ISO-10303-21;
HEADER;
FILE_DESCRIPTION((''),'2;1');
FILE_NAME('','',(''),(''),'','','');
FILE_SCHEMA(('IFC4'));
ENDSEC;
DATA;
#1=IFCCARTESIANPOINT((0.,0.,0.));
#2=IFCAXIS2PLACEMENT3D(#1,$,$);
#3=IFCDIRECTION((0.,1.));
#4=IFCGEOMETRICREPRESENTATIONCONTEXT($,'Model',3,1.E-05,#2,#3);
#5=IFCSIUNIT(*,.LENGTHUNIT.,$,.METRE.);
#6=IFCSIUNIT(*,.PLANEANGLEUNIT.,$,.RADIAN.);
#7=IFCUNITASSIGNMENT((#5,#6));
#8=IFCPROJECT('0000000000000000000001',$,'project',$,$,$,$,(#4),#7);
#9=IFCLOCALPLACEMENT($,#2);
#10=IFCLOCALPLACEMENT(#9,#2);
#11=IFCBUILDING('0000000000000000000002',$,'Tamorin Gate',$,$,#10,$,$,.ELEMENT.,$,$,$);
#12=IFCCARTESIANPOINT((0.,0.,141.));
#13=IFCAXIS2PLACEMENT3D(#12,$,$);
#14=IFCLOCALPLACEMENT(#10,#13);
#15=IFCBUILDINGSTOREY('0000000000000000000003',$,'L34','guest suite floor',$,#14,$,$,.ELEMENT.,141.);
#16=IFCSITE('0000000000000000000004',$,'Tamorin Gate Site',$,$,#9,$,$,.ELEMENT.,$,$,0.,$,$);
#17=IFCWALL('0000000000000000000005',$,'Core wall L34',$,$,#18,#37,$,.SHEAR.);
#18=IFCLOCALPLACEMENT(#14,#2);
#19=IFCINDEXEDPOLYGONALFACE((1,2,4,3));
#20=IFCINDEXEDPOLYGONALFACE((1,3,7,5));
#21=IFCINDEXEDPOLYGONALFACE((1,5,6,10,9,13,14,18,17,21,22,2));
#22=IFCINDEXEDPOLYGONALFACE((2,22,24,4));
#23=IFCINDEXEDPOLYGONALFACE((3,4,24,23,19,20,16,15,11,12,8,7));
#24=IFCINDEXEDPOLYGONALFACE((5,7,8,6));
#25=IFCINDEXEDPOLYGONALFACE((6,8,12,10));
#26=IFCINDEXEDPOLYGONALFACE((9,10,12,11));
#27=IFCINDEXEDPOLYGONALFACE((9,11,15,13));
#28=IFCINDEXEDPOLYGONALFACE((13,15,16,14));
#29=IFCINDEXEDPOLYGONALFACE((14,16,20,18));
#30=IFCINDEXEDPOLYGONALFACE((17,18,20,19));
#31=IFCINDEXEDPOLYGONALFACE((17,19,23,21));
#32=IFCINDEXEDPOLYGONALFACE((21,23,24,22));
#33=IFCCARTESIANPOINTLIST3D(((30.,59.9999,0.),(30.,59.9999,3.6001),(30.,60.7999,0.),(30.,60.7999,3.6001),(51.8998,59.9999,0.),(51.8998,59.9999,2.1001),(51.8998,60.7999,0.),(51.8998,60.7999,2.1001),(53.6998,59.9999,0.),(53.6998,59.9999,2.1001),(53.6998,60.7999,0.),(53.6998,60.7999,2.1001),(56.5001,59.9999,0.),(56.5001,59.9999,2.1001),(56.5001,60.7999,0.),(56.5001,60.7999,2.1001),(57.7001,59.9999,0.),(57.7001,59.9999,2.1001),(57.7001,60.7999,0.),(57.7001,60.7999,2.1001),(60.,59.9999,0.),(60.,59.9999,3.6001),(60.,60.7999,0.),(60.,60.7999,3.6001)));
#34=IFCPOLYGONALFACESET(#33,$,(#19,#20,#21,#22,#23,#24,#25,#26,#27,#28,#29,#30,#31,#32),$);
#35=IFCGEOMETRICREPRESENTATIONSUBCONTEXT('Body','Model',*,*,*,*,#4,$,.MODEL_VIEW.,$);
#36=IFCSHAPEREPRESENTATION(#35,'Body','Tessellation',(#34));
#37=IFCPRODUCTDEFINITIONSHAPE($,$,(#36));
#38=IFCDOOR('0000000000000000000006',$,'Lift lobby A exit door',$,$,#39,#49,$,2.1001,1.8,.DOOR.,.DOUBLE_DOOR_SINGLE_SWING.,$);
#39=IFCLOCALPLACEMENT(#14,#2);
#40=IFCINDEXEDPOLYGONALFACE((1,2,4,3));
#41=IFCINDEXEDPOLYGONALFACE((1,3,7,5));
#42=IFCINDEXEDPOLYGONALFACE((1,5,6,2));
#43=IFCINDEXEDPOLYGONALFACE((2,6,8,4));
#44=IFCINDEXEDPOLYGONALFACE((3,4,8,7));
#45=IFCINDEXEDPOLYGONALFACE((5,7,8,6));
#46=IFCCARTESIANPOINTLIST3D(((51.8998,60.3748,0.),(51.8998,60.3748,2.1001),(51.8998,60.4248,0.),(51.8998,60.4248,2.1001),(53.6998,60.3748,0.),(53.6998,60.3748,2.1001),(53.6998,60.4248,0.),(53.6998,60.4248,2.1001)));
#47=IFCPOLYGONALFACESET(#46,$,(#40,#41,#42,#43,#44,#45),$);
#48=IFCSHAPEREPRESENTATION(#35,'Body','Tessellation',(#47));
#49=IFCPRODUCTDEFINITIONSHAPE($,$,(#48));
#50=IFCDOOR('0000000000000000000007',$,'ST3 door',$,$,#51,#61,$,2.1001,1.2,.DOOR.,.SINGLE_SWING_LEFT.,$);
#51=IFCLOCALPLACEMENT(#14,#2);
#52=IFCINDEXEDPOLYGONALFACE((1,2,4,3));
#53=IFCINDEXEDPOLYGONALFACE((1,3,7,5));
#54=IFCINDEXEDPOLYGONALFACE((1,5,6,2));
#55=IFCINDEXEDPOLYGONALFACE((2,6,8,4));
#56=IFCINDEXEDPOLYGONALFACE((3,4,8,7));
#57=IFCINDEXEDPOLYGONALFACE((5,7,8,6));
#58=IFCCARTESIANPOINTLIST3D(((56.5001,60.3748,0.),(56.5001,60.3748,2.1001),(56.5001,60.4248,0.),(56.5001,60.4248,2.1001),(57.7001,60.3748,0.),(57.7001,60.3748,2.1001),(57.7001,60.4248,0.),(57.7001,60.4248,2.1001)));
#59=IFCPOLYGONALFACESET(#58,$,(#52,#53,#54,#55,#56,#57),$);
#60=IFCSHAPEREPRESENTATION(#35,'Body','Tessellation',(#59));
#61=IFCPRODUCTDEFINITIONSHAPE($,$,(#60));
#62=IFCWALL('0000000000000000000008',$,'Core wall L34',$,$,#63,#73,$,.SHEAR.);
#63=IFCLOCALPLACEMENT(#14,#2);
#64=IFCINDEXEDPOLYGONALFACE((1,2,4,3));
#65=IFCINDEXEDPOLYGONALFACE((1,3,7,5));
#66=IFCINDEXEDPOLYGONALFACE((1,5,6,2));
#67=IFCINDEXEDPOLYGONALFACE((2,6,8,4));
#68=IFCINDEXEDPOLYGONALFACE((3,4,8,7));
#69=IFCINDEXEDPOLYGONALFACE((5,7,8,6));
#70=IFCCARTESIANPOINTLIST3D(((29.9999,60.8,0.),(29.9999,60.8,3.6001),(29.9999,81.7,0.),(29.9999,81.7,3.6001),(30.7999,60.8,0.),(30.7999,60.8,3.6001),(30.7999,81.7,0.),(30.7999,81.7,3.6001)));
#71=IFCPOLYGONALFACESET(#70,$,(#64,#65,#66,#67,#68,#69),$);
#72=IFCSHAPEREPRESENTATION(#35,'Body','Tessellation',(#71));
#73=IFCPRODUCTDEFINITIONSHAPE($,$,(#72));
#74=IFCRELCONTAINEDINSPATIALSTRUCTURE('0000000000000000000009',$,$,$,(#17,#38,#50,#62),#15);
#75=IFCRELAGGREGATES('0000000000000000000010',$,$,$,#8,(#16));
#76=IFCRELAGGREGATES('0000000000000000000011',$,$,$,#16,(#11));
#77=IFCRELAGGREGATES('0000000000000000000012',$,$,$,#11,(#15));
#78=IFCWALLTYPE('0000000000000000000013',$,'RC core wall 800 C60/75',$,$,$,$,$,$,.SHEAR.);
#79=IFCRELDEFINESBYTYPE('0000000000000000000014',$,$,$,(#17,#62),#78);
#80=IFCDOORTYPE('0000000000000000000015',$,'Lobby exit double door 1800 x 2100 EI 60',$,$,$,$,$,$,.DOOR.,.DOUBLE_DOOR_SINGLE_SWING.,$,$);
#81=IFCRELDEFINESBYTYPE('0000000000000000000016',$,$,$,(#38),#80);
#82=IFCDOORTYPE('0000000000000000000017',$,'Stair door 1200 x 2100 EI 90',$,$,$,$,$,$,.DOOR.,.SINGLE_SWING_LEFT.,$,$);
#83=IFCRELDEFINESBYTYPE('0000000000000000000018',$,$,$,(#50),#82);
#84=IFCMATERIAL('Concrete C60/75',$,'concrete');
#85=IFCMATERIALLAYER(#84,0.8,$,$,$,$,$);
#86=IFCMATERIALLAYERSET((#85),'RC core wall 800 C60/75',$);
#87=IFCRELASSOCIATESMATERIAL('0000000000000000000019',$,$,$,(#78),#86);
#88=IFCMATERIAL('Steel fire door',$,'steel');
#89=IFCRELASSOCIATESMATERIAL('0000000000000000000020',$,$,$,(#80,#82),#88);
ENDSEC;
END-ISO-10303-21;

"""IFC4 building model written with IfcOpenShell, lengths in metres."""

from ifc_helpers import new_model, si_unit, direction, frame, frame_2d, origin, place, context, subcontext, project, spatial, rectangle, extrude, material, layer, layer_set, type_object, element, fill, save


model = new_model("IFC4")

# Units and contexts
model_context = context("Model", 3, precision=1e-05, world=origin(), true_north=direction((0.0, 1.0)))
body_context = subcontext(model_context, "Body", "Model", "MODEL_VIEW")
ifc_project = project(units=[si_unit("LENGTHUNIT", "METRE"), si_unit("PLANEANGLEUNIT", "RADIAN")], contexts=[model_context])

# Site, building, storey
site_placement = place(None, origin())
site = spatial("IfcSite", under=ifc_project, at=site_placement, Name="Tamorin Gate Site", CompositionType="ELEMENT", RefElevation=0.0)
building_placement = place(site_placement, origin())
building = spatial("IfcBuilding", under=site, at=building_placement, Name="Tamorin Gate", CompositionType="ELEMENT")
storey_placement = place(building_placement, frame((0.0, 0.0, 141.0)))
storey = spatial("IfcBuildingStorey", under=building, at=storey_placement, Name="L34", Description="guest suite floor", CompositionType="ELEMENT", Elevation=141.0)

# Wall, openings, doors
ifc_material_1 = material(Name="Concrete C60/75", Category="concrete")
ifc_layer_1 = layer(ifc_material_1, 0.8)
ifc_layer_set_1 = layer_set([ifc_layer_1], Name="RC core wall 800 C60/75")
wall_type_1 = type_object("IfcWallType", Name="RC core wall 800 C60/75", PredefinedType="SHEAR", material=ifc_layer_set_1)
wall_1_placement = place(storey_placement, frame((30.0, 60.3999, 0.0), z_axis=(0.0, 0.0, 1.0), x_axis=(1.0, 0.0, 0.0)))
wall_1 = element("IfcWall", 1, at=wall_1_placement, inside=storey, type_object=wall_type_1, Name="Core wall L34", PredefinedType="SHEAR", context=body_context, shape_type="SweptSolid", body=[
    extrude(rectangle(XDim=30.0, YDim=0.8, at=frame_2d((15.0, 0.0))), origin(), (0.0, 0.0, 1.0), 3.6001),
])
opening_1_placement = place(wall_1_placement, frame((21.8999, 0.0, 0.0)))
opening_1 = element("IfcOpeningElement", 2, at=opening_1_placement, cuts=wall_1, PredefinedType="OPENING", context=body_context, shape_type="SweptSolid", body=[
    extrude(rectangle(XDim=1.8, YDim=2.1001, at=frame_2d((0.8999, 1.05))), frame((0.0, 0.4099, 0.0), z_axis=(0.0, -1.0, 0.0), x_axis=(1.0, 0.0, 0.0)), (0.0, 0.0, 1.0), 0.8201),
])
opening_2_placement = place(wall_1_placement, frame((26.5, 0.0, 0.0)))
opening_2 = element("IfcOpeningElement", 3, at=opening_2_placement, cuts=wall_1, PredefinedType="OPENING", context=body_context, shape_type="SweptSolid", body=[
    extrude(rectangle(XDim=1.2, YDim=2.1001, at=frame_2d((0.6001, 1.05))), frame((0.0, 0.4099, 0.0), z_axis=(0.0, -1.0, 0.0), x_axis=(1.0, 0.0, 0.0)), (0.0, 0.0, 1.0), 0.8201),
])
ifc_material_2 = material(Name="Steel fire door", Category="steel")
door_type_1 = type_object("IfcDoorType", Name="Lobby exit double door 1800 x 2100 EI 60", OperationType="DOUBLE_DOOR_SINGLE_SWING", PredefinedType="DOOR", material=ifc_material_2)
door_1_placement = place(opening_1_placement, origin())
door_1 = element("IfcDoor", 4, at=door_1_placement, inside=storey, type_object=door_type_1, Name="Lift lobby A exit door", OperationType="DOUBLE_DOOR_SINGLE_SWING", OverallHeight=2.1001, OverallWidth=1.8, PredefinedType="DOOR", context=body_context, shape_type="SweptSolid", body=[
    extrude(rectangle(XDim=1.8, YDim=2.1001, at=frame_2d((0.8999, 1.05))), frame((0.0, 0.0249, 0.0), z_axis=(0.0, -1.0, 0.0), x_axis=(1.0, 0.0, 0.0)), (0.0, 0.0, 1.0), 0.05),
])
fill(opening_1, door_1)
door_type_2 = type_object("IfcDoorType", Name="Stair door 1200 x 2100 EI 90", OperationType="SINGLE_SWING_LEFT", PredefinedType="DOOR", material=ifc_material_2)
door_2_placement = place(opening_2_placement, origin())
door_2 = element("IfcDoor", 5, at=door_2_placement, inside=storey, type_object=door_type_2, Name="ST3 door", OperationType="SINGLE_SWING_LEFT", OverallHeight=2.1001, OverallWidth=1.2, PredefinedType="DOOR", context=body_context, shape_type="SweptSolid", body=[
    extrude(rectangle(XDim=1.2, YDim=2.1001, at=frame_2d((0.6001, 1.05))), frame((0.0, 0.0249, 0.0), z_axis=(0.0, -1.0, 0.0), x_axis=(1.0, 0.0, 0.0)), (0.0, 0.0, 1.0), 0.05),
])
fill(opening_2, door_2)

# Wall
wall_2_placement = place(storey_placement, frame((30.3999, 60.8, 0.0), z_axis=(0.0, 0.0, 1.0), x_axis=(0.0, 1.0, 0.0)))
element("IfcWall", 6, at=wall_2_placement, inside=storey, type_object=wall_type_1, Name="Core wall L34", PredefinedType="SHEAR", context=body_context, shape_type="SweptSolid", body=[
    extrude(rectangle(XDim=20.8999, YDim=0.8, at=frame_2d((10.45, 0.0))), origin(), (0.0, 0.0, 1.0), 3.6001),
])

save(model, "model.ifc")
